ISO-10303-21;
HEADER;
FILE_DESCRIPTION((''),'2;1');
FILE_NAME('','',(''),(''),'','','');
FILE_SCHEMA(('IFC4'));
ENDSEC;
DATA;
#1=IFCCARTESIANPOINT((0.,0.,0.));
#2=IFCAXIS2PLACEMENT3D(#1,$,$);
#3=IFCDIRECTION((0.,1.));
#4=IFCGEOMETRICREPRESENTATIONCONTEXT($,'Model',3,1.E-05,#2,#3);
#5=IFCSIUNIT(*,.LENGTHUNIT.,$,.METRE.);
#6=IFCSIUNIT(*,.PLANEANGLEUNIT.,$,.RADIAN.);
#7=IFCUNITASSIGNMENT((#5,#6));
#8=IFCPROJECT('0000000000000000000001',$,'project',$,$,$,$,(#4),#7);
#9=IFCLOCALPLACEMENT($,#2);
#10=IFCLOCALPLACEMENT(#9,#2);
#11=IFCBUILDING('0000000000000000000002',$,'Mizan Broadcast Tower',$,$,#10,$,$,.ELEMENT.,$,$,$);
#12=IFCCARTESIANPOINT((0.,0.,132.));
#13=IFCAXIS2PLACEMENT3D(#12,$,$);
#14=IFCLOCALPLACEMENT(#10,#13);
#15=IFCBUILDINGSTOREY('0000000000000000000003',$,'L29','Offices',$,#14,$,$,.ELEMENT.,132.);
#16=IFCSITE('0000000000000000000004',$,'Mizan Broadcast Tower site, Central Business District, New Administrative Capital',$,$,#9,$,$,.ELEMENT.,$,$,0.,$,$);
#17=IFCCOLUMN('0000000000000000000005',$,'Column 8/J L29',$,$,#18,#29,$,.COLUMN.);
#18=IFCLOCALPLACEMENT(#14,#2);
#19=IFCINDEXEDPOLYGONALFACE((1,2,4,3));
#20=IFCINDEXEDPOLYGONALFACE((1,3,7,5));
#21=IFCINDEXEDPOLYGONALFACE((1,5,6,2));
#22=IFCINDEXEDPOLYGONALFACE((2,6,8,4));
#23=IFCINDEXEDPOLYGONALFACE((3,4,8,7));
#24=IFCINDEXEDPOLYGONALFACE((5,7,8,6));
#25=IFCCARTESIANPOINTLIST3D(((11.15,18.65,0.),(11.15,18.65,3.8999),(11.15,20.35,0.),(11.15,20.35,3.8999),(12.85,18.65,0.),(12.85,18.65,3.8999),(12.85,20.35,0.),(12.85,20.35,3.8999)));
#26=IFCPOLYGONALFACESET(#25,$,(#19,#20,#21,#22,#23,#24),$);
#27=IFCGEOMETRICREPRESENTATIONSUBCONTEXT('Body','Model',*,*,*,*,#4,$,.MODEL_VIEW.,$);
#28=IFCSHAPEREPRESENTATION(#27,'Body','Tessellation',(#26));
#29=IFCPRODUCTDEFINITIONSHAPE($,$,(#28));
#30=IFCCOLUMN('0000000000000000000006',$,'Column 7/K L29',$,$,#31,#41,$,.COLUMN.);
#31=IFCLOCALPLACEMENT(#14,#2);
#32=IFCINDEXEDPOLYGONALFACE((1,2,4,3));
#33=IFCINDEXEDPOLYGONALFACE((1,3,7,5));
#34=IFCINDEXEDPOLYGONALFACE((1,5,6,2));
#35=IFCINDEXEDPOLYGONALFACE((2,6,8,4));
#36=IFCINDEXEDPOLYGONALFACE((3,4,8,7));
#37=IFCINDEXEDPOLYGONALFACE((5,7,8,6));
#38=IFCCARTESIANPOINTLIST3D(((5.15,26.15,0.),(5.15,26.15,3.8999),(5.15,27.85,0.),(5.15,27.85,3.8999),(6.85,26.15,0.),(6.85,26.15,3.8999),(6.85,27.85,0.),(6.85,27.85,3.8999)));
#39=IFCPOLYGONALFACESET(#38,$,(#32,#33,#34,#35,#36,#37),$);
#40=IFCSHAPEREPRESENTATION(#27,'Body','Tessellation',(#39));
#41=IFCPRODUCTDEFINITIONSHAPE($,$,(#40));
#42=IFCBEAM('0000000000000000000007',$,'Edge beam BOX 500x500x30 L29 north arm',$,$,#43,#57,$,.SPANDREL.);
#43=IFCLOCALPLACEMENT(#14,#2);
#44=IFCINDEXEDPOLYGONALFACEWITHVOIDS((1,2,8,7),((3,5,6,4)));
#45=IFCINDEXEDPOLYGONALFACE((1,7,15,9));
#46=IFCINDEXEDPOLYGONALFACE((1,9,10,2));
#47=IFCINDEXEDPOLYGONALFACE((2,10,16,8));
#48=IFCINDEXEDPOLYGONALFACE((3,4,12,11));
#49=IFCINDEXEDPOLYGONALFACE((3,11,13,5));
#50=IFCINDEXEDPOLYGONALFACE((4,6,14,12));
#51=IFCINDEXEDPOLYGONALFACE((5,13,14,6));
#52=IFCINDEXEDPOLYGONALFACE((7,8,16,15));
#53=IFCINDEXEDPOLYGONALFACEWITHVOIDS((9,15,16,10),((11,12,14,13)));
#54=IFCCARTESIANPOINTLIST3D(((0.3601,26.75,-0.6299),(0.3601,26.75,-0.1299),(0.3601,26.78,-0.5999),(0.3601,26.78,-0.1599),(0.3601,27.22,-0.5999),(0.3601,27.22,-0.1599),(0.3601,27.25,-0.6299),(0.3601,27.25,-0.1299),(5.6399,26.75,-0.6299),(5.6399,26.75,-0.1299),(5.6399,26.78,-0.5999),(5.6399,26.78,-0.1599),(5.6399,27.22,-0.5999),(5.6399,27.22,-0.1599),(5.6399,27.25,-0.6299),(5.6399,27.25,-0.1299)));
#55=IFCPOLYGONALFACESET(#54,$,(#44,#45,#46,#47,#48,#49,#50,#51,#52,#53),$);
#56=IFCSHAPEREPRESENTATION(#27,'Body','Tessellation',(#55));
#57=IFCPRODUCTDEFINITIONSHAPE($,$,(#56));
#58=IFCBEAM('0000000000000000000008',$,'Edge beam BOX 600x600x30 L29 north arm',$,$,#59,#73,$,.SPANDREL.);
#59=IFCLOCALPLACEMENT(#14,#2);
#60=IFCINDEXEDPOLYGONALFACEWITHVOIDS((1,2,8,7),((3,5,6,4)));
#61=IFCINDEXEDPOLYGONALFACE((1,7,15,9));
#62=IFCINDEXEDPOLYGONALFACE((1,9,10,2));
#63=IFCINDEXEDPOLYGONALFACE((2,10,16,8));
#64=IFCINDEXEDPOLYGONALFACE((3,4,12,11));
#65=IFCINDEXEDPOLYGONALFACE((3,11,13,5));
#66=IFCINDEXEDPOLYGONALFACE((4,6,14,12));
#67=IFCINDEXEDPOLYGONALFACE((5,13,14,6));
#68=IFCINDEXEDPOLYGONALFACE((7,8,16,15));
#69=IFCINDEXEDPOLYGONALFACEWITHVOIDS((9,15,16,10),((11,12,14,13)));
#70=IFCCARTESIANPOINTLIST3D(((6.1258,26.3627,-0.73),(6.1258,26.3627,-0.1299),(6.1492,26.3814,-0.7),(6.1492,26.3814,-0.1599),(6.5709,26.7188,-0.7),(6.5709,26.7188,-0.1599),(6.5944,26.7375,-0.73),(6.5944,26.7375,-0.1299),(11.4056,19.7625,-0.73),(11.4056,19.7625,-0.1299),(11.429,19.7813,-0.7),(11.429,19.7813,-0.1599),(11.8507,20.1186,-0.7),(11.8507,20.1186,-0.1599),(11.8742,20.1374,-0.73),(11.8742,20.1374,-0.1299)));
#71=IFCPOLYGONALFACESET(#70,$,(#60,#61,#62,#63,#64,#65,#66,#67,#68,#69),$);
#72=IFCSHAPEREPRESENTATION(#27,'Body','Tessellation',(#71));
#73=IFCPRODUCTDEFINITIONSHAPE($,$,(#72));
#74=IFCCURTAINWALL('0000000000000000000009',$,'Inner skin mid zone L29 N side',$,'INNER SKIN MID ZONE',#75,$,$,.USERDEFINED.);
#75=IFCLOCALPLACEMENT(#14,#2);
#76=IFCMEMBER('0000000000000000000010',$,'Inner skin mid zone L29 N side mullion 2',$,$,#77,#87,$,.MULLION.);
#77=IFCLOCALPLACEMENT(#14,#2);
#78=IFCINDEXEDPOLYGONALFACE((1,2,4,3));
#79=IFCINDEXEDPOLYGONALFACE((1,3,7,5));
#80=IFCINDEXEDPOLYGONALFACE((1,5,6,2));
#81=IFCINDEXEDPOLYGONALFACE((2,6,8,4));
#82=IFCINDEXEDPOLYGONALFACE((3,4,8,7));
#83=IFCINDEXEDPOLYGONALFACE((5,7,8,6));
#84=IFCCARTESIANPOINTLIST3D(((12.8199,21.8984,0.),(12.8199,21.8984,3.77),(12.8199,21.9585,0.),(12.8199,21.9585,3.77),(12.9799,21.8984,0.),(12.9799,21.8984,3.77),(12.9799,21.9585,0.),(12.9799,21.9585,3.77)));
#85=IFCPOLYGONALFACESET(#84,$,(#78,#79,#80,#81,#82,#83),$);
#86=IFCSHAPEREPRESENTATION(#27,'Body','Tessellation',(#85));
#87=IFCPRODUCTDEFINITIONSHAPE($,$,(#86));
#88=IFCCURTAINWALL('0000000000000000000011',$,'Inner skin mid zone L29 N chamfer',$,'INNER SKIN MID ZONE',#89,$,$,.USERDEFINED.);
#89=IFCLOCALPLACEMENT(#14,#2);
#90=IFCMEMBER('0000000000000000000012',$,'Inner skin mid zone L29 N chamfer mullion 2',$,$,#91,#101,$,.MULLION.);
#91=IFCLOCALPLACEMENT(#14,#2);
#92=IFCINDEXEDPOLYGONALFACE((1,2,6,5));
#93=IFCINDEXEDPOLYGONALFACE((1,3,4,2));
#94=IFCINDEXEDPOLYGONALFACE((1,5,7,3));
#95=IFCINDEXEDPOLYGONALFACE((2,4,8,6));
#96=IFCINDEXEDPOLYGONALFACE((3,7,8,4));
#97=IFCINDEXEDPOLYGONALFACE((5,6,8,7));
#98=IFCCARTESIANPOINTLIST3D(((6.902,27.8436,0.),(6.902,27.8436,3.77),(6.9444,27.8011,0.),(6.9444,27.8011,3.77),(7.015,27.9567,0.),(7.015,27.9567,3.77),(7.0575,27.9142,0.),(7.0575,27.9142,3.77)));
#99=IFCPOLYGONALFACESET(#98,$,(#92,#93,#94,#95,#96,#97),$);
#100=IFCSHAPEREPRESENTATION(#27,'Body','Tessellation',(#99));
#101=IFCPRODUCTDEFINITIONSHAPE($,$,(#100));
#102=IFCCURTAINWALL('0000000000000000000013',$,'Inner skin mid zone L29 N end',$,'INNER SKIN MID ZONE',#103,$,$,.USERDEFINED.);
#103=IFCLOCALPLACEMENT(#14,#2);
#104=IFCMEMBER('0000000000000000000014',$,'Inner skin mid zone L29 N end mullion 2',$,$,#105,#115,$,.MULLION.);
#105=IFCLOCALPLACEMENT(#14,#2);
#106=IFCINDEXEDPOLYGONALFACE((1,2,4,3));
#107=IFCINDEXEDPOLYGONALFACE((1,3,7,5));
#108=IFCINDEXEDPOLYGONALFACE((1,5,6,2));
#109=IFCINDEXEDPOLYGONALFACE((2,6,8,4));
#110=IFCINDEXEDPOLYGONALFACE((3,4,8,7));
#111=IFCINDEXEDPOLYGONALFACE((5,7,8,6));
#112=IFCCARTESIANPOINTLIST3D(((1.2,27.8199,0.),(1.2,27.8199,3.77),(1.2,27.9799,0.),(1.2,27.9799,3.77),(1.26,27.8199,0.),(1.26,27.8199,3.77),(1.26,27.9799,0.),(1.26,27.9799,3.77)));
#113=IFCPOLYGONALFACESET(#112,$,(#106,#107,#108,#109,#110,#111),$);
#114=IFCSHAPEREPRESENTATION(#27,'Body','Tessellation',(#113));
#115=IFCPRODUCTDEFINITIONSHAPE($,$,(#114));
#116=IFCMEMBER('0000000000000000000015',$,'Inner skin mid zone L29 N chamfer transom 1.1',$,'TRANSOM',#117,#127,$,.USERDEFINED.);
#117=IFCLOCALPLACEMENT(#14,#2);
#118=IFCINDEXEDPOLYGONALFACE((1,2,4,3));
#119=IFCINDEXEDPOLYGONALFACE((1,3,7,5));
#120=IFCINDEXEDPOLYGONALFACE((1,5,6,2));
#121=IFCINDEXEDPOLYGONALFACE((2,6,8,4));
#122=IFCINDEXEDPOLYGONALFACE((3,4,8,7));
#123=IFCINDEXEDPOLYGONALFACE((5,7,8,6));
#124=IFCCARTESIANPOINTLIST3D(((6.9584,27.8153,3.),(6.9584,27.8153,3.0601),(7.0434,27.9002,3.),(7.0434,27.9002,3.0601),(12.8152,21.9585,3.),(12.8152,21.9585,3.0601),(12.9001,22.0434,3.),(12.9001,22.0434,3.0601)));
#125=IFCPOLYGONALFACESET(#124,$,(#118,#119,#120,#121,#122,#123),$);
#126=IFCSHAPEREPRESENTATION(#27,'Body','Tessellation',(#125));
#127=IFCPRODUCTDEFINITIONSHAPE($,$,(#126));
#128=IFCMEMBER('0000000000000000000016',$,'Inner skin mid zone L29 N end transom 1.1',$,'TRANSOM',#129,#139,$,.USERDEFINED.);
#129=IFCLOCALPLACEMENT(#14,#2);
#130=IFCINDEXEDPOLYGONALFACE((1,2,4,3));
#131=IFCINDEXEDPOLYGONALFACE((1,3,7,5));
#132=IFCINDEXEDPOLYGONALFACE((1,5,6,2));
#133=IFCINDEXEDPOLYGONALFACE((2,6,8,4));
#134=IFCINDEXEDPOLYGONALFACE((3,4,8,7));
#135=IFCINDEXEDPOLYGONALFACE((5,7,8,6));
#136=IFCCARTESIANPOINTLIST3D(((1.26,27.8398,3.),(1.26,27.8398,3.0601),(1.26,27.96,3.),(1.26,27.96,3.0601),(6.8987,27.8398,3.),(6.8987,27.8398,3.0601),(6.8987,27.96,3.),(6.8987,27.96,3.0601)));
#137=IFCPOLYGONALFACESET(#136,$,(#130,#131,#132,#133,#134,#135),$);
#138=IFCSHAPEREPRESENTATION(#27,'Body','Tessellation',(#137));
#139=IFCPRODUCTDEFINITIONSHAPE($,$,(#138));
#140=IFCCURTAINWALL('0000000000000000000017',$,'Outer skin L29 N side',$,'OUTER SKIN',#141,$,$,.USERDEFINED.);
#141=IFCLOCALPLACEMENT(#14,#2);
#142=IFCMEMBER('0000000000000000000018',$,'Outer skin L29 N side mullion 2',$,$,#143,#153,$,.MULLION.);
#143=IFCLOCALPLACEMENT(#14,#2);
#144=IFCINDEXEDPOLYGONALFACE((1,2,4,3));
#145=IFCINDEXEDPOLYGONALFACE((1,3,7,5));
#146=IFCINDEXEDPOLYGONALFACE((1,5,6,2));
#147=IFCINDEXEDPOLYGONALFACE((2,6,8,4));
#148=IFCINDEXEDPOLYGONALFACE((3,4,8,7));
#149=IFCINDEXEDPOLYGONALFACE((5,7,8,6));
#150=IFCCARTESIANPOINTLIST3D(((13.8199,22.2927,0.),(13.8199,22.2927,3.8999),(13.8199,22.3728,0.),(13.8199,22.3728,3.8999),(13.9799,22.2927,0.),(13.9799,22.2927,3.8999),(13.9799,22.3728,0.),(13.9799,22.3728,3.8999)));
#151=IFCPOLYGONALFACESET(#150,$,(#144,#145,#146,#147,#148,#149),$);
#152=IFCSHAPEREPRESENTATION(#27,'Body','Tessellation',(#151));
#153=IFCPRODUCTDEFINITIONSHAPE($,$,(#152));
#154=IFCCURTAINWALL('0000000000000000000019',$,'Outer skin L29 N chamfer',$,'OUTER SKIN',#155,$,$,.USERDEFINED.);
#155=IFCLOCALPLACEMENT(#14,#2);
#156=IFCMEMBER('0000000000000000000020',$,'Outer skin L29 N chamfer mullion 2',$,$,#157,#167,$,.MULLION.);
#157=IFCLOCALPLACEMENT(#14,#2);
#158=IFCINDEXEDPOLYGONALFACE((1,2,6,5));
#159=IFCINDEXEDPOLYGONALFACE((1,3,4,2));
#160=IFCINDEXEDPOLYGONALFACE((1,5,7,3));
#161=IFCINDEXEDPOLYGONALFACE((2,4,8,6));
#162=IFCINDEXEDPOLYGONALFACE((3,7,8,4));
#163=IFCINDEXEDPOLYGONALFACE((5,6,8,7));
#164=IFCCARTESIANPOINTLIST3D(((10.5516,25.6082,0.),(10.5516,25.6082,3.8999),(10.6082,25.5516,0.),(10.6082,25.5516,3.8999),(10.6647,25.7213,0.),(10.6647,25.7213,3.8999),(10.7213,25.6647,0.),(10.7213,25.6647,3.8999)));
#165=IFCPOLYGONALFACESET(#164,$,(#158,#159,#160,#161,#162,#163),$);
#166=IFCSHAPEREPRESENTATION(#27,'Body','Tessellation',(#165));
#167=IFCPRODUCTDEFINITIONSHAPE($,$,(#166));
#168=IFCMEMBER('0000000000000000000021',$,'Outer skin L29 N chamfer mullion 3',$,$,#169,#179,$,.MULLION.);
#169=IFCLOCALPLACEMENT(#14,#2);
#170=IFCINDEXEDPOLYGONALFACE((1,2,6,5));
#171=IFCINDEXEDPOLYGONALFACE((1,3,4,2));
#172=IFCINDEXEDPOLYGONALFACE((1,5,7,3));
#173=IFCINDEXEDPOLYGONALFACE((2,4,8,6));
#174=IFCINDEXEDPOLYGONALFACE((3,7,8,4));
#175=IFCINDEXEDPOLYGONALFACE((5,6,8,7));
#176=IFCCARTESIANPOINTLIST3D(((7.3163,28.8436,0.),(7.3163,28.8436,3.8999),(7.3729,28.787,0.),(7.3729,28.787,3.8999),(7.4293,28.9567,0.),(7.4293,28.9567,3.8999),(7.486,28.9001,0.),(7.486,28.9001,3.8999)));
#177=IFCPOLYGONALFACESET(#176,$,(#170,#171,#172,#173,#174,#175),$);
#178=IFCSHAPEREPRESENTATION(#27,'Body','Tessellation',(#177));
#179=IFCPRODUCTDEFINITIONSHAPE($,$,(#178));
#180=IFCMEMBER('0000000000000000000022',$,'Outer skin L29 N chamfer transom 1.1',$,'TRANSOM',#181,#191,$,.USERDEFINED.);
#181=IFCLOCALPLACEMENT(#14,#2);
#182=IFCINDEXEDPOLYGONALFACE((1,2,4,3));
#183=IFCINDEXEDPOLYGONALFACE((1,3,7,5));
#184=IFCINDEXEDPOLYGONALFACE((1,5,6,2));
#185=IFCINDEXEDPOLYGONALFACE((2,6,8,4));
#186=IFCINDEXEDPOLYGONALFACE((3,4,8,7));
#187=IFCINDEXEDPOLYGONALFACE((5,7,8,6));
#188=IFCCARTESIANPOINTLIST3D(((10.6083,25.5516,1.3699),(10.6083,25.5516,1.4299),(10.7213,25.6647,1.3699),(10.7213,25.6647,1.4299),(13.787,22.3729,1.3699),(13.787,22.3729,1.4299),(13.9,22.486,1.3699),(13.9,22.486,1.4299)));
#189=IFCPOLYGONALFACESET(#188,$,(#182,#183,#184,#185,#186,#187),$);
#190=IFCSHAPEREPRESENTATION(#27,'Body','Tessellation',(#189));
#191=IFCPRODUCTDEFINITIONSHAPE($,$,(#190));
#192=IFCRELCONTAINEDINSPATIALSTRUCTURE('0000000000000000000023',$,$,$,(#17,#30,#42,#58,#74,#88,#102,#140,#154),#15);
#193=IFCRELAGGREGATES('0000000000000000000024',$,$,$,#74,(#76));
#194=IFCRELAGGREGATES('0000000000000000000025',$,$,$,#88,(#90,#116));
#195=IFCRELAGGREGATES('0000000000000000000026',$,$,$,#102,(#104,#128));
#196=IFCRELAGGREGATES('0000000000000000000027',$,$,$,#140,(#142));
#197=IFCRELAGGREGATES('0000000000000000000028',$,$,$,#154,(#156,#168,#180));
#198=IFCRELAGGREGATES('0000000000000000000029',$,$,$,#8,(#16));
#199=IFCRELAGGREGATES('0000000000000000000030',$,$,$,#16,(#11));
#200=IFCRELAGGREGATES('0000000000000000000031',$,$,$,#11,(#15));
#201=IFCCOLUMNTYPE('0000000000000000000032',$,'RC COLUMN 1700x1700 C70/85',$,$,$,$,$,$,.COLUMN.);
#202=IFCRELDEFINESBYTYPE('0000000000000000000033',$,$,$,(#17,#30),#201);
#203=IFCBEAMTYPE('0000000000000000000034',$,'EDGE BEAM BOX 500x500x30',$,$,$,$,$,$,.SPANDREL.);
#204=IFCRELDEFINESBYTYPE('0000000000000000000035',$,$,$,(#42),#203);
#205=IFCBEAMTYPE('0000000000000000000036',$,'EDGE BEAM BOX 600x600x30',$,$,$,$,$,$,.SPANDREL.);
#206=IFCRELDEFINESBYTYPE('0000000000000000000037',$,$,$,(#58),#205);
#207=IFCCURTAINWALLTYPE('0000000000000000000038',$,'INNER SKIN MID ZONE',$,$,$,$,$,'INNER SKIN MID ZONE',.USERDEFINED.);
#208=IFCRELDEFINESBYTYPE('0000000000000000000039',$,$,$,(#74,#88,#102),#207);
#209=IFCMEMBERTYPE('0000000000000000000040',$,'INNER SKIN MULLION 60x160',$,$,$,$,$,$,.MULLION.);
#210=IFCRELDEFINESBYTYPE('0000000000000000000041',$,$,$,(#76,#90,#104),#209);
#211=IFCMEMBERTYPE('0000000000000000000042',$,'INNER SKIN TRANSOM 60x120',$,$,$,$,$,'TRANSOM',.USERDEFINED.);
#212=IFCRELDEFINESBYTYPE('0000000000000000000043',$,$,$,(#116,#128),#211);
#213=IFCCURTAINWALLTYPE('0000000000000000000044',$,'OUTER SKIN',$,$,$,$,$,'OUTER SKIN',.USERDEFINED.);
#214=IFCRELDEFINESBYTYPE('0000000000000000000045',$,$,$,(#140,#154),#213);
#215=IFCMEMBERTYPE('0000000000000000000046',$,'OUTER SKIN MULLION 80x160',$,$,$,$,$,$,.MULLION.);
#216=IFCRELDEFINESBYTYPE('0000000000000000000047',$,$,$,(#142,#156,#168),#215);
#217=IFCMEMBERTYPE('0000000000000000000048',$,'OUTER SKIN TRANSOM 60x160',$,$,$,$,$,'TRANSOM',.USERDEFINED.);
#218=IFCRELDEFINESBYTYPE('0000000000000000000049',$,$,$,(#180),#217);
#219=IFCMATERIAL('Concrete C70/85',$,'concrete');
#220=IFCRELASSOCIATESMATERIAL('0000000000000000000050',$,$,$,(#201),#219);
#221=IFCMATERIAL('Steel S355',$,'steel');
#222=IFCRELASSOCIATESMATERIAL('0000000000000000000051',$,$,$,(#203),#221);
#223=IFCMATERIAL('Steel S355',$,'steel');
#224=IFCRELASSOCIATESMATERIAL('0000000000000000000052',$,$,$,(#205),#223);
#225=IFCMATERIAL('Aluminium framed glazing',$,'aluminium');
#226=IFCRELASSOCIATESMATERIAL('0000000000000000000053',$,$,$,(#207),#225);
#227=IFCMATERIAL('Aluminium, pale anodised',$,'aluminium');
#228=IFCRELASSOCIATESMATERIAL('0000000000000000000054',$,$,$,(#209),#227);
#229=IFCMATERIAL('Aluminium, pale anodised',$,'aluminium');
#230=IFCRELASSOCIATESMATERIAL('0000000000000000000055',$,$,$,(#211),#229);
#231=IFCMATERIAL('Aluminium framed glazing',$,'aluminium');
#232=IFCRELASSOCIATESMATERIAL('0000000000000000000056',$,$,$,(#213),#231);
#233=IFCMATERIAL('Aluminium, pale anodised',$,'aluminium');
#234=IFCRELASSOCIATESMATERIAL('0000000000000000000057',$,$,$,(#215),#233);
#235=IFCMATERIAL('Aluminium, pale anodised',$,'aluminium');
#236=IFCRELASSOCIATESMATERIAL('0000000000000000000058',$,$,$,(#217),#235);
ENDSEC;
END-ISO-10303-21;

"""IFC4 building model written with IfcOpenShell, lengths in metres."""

from ifc_helpers import new_model, si_unit, direction, frame, origin, origin_2d, place, context, subcontext, project, spatial, rectangle, hollow_rectangle, extrude, material, material_profile, profile_set, type_object, element, aggregate, save


model = new_model("IFC4")

# Units and contexts
model_context = context("Model", 3, precision=1e-05, world=origin(), true_north=direction((0.0, 1.0)))
body_context = subcontext(model_context, "Body", "Model", "MODEL_VIEW")
ifc_project = project(units=[si_unit("LENGTHUNIT", "METRE"), si_unit("PLANEANGLEUNIT", "RADIAN")], contexts=[model_context])

# Site, building, storey
site_placement = place(None, origin())
site = spatial("IfcSite", under=ifc_project, at=site_placement, Name="Mizan Broadcast Tower site, Central Business District, New Administrative Capital", CompositionType="ELEMENT", RefElevation=0.0)
building_placement = place(site_placement, origin())
building = spatial("IfcBuilding", under=site, at=building_placement, Name="Mizan Broadcast Tower", CompositionType="ELEMENT")
storey_placement = place(building_placement, frame((0.0, 0.0, 132.0)))
storey = spatial("IfcBuildingStorey", under=building, at=storey_placement, Name="L29", Description="Offices", CompositionType="ELEMENT", Elevation=132.0)

# Columns
ifc_material_1 = material(Name="Concrete C70/85", Category="concrete")
ifc_material_profile_1 = material_profile(ifc_material_1, rectangle(XDim=1.7, YDim=1.7, at=origin_2d()), Name="RC 1700x1700")
ifc_profile_set_1 = profile_set([ifc_material_profile_1], Name="Concrete C70/85")
column_type = type_object("IfcColumnType", Name="RC COLUMN 1700x1700 C70/85", PredefinedType="COLUMN", material=ifc_profile_set_1)
for number, where, z_axis, x_axis, name in (
    (1, (12.0, 19.5, 0.0), (0.0, 0.0, 1.0), (1.0, 0.0, 0.0), "Column 8/J L29"),
    (2, (6.0, 27.0, 0.0), (0.0, 0.0, 1.0), (1.0, 0.0, 0.0), "Column 7/K L29"),
):
    element("IfcColumn", number, at=place(storey_placement, frame(where, z_axis=z_axis, x_axis=x_axis)), inside=storey, type_object=column_type, Name=name, PredefinedType="COLUMN", context=body_context, shape_type="SweptSolid", body=[
        extrude(rectangle(XDim=1.7, YDim=1.7, at=origin_2d()), origin(), (0.0, 0.0, 1.0), 3.8999),
    ])

# Beams
ifc_material_2 = material(Name="Steel S355", Category="steel")
ifc_material_profile_2 = material_profile(ifc_material_2, hollow_rectangle(XDim=0.5, YDim=0.5, WallThickness=0.03, at=origin_2d()), Name="BOX 500x500x30")
ifc_profile_set_2 = profile_set([ifc_material_profile_2], Name="Steel S355")
beam_type_1 = type_object("IfcBeamType", Name="EDGE BEAM BOX 500x500x30", PredefinedType="SPANDREL", material=ifc_profile_set_2)
beam_1_placement = place(storey_placement, frame((5.6399, 27.0, -0.3799), z_axis=(-1.0, 0.0, 0.0), x_axis=(0.0, -1.0, 0.0)))
element("IfcBeam", 3, at=beam_1_placement, inside=storey, type_object=beam_type_1, Name="Edge beam BOX 500x500x30 L29 north arm", PredefinedType="SPANDREL", context=body_context, shape_type="SweptSolid", body=[
    extrude(hollow_rectangle(XDim=0.5, YDim=0.5, WallThickness=0.03, at=origin_2d()), origin(), (0.0, 0.0, 1.0), 5.2798),
])
ifc_material_3 = material(Name="Steel S355", Category="steel")
ifc_material_profile_3 = material_profile(ifc_material_3, hollow_rectangle(XDim=0.6001, YDim=0.6001, WallThickness=0.03, at=origin_2d()), Name="BOX 600x600x30")
ifc_profile_set_3 = profile_set([ifc_material_profile_3], Name="Steel S355")
beam_type_2 = type_object("IfcBeamType", Name="EDGE BEAM BOX 600x600x30", PredefinedType="SPANDREL", material=ifc_profile_set_3)
beam_2_placement = place(storey_placement, frame((11.6399, 19.95, -0.4299), z_axis=(-0.624674, 0.780886, 0.0), x_axis=(-0.780886, -0.624674, 0.0)))
element("IfcBeam", 4, at=beam_2_placement, inside=storey, type_object=beam_type_2, Name="Edge beam BOX 600x600x30 L29 north arm", PredefinedType="SPANDREL", context=body_context, shape_type="SweptSolid", body=[
    extrude(hollow_rectangle(XDim=0.6001, YDim=0.6001, WallThickness=0.03, at=origin_2d()), origin(), (0.0, 0.0, 1.0), 8.4521),
])

# Curtain walls, members
ifc_material_4 = material(Name="Aluminium framed glazing", Category="aluminium")
curtain_wall_type_1 = type_object("IfcCurtainWallType", Name="INNER SKIN MID ZONE", ElementType="INNER SKIN MID ZONE", PredefinedType="USERDEFINED", material=ifc_material_4)
curtain_wall_1_placement = place(storey_placement, origin())
curtain_wall_1 = element("IfcCurtainWall", 5, at=curtain_wall_1_placement, inside=storey, type_object=curtain_wall_type_1, Name="Inner skin mid zone L29 N side", ObjectType="INNER SKIN MID ZONE", PredefinedType="USERDEFINED")
ifc_material_5 = material(Name="Aluminium, pale anodised", Category="aluminium")
ifc_material_profile_4 = material_profile(ifc_material_5, rectangle(XDim=0.1599, YDim=0.0601, at=origin_2d()), Name="MULLION 160x60")
ifc_profile_set_4 = profile_set([ifc_material_profile_4], Name="Aluminium, pale anodised")
member_type_1 = type_object("IfcMemberType", Name="INNER SKIN MULLION 60x160", PredefinedType="MULLION", material=ifc_profile_set_4)
member_1_placement = place(storey_placement, frame((12.8999, 21.9285, 0.0), z_axis=(0.0, 0.0, 1.0), x_axis=(-1.0, 0.0, 0.0)))
member_1 = element("IfcMember", 6, at=member_1_placement, type_object=member_type_1, Name="Inner skin mid zone L29 N side mullion 2", PredefinedType="MULLION", context=body_context, shape_type="SweptSolid", body=[
    extrude(rectangle(XDim=0.1599, YDim=0.0601, at=origin_2d()), origin(), (0.0, 0.0, 1.0), 3.77),
])
curtain_wall_2_placement = place(storey_placement, origin())
curtain_wall_2 = element("IfcCurtainWall", 7, at=curtain_wall_2_placement, inside=storey, type_object=curtain_wall_type_1, Name="Inner skin mid zone L29 N chamfer", ObjectType="INNER SKIN MID ZONE", PredefinedType="USERDEFINED")
member_2_placement = place(storey_placement, frame((6.9797, 27.8789, 0.0), z_axis=(0.0, 0.0, 1.0), x_axis=(-0.707107, -0.707107, 0.0)))
member_2 = element("IfcMember", 8, at=member_2_placement, type_object=member_type_1, Name="Inner skin mid zone L29 N chamfer mullion 2", PredefinedType="MULLION", context=body_context, shape_type="SweptSolid", body=[
    extrude(rectangle(XDim=0.1599, YDim=0.0601, at=origin_2d()), origin(), (0.0, 0.0, 1.0), 3.77),
])
curtain_wall_3_placement = place(storey_placement, origin())
curtain_wall_3 = element("IfcCurtainWall", 9, at=curtain_wall_3_placement, inside=storey, type_object=curtain_wall_type_1, Name="Inner skin mid zone L29 N end", ObjectType="INNER SKIN MID ZONE", PredefinedType="USERDEFINED")
member_3_placement = place(storey_placement, frame((1.23, 27.8999, 0.0), z_axis=(0.0, 0.0, 1.0), x_axis=(0.0, -1.0, 0.0)))
member_3 = element("IfcMember", 10, at=member_3_placement, type_object=member_type_1, Name="Inner skin mid zone L29 N end mullion 2", PredefinedType="MULLION", context=body_context, shape_type="SweptSolid", body=[
    extrude(rectangle(XDim=0.1599, YDim=0.0601, at=origin_2d()), origin(), (0.0, 0.0, 1.0), 3.77),
])

# Members
ifc_material_6 = material(Name="Aluminium, pale anodised", Category="aluminium")
ifc_material_profile_5 = material_profile(ifc_material_6, rectangle(XDim=0.1201, YDim=0.0601, at=origin_2d()), Name="TRANSOM 120x60")
ifc_profile_set_5 = profile_set([ifc_material_profile_5], Name="Aluminium, pale anodised")
member_type_2 = type_object("IfcMemberType", Name="INNER SKIN TRANSOM 60x120", ElementType="TRANSOM", PredefinedType="USERDEFINED", material=ifc_profile_set_5)
member_4_placement = place(storey_placement, frame((12.8577, 22.001, 3.03), z_axis=(-0.707107, 0.707107, 0.0), x_axis=(-0.707107, -0.707107, 0.0)))
member_4 = element("IfcMember", 11, at=member_4_placement, type_object=member_type_2, Name="Inner skin mid zone L29 N chamfer transom 1.1", ObjectType="TRANSOM", PredefinedType="USERDEFINED", context=body_context, shape_type="SweptSolid", body=[
    extrude(rectangle(XDim=0.1201, YDim=0.0601, at=origin_2d()), origin(), (0.0, 0.0, 1.0), 8.2827),
])
member_5_placement = place(storey_placement, frame((6.8987, 27.8999, 3.03), z_axis=(-1.0, 0.0, 0.0), x_axis=(0.0, -1.0, 0.0)))
member_5 = element("IfcMember", 12, at=member_5_placement, type_object=member_type_2, Name="Inner skin mid zone L29 N end transom 1.1", ObjectType="TRANSOM", PredefinedType="USERDEFINED", context=body_context, shape_type="SweptSolid", body=[
    extrude(rectangle(XDim=0.1201, YDim=0.0601, at=origin_2d()), origin(), (0.0, 0.0, 1.0), 5.6387),
])

# Curtain wall, member
ifc_material_7 = material(Name="Aluminium framed glazing", Category="aluminium")
curtain_wall_type_2 = type_object("IfcCurtainWallType", Name="OUTER SKIN", ElementType="OUTER SKIN", PredefinedType="USERDEFINED", material=ifc_material_7)
curtain_wall_4_placement = place(storey_placement, origin())
curtain_wall_4 = element("IfcCurtainWall", 13, at=curtain_wall_4_placement, inside=storey, type_object=curtain_wall_type_2, Name="Outer skin L29 N side", ObjectType="OUTER SKIN", PredefinedType="USERDEFINED")
ifc_material_8 = material(Name="Aluminium, pale anodised", Category="aluminium")
ifc_material_profile_6 = material_profile(ifc_material_8, rectangle(XDim=0.1599, YDim=0.0801, at=origin_2d()), Name="MULLION 160x80")
ifc_profile_set_6 = profile_set([ifc_material_profile_6], Name="Aluminium, pale anodised")
member_type_3 = type_object("IfcMemberType", Name="OUTER SKIN MULLION 80x160", PredefinedType="MULLION", material=ifc_profile_set_6)
member_6_placement = place(storey_placement, frame((13.8999, 22.3328, 0.0), z_axis=(0.0, 0.0, 1.0), x_axis=(-1.0, 0.0, 0.0)))
member_6 = element("IfcMember", 14, at=member_6_placement, type_object=member_type_3, Name="Outer skin L29 N side mullion 2", PredefinedType="MULLION", context=body_context, shape_type="SweptSolid", body=[
    extrude(rectangle(XDim=0.1599, YDim=0.0801, at=origin_2d()), origin(), (0.0, 0.0, 1.0), 3.8999),
])

# Curtain wall, members
curtain_wall_5_placement = place(storey_placement, origin())
curtain_wall_5 = element("IfcCurtainWall", 15, at=curtain_wall_5_placement, inside=storey, type_object=curtain_wall_type_2, Name="Outer skin L29 N chamfer", ObjectType="OUTER SKIN", PredefinedType="USERDEFINED")
member_7_placement = place(storey_placement, frame((10.6365, 25.6365, 0.0), z_axis=(0.0, 0.0, 1.0), x_axis=(-0.707107, -0.707107, 0.0)))
member_7 = element("IfcMember", 16, at=member_7_placement, type_object=member_type_3, Name="Outer skin L29 N chamfer mullion 2", PredefinedType="MULLION", context=body_context, shape_type="SweptSolid", body=[
    extrude(rectangle(XDim=0.1599, YDim=0.0801, at=origin_2d()), origin(), (0.0, 0.0, 1.0), 3.8999),
])
member_8_placement = place(storey_placement, frame((7.4011, 28.8718, 0.0), z_axis=(0.0, 0.0, 1.0), x_axis=(-0.707107, -0.707107, 0.0)))
member_8 = element("IfcMember", 17, at=member_8_placement, type_object=member_type_3, Name="Outer skin L29 N chamfer mullion 3", PredefinedType="MULLION", context=body_context, shape_type="SweptSolid", body=[
    extrude(rectangle(XDim=0.1599, YDim=0.0801, at=origin_2d()), origin(), (0.0, 0.0, 1.0), 3.8999),
])
ifc_material_9 = material(Name="Aluminium, pale anodised", Category="aluminium")
ifc_material_profile_7 = material_profile(ifc_material_9, rectangle(XDim=0.1599, YDim=0.0601, at=origin_2d()), Name="TRANSOM 160x60")
ifc_profile_set_7 = profile_set([ifc_material_profile_7], Name="Aluminium, pale anodised")
member_type_4 = type_object("IfcMemberType", Name="OUTER SKIN TRANSOM 60x160", ElementType="TRANSOM", PredefinedType="USERDEFINED", material=ifc_profile_set_7)
member_9_placement = place(storey_placement, frame((13.8435, 22.4294, 1.3999), z_axis=(-0.707107, 0.707107, 0.0), x_axis=(-0.707107, -0.707107, 0.0)))
member_9 = element("IfcMember", 18, at=member_9_placement, type_object=member_type_4, Name="Outer skin L29 N chamfer transom 1.1", ObjectType="TRANSOM", PredefinedType="USERDEFINED", context=body_context, shape_type="SweptSolid", body=[
    extrude(rectangle(XDim=0.1599, YDim=0.0601, at=origin_2d()), origin(), (0.0, 0.0, 1.0), 4.4954),
])

aggregate(curtain_wall_1, [member_1])
aggregate(curtain_wall_2, [member_2, member_4])
aggregate(curtain_wall_3, [member_3, member_5])
aggregate(curtain_wall_4, [member_6])
aggregate(curtain_wall_5, [member_7, member_8, member_9])

save(model, "model.ifc")
